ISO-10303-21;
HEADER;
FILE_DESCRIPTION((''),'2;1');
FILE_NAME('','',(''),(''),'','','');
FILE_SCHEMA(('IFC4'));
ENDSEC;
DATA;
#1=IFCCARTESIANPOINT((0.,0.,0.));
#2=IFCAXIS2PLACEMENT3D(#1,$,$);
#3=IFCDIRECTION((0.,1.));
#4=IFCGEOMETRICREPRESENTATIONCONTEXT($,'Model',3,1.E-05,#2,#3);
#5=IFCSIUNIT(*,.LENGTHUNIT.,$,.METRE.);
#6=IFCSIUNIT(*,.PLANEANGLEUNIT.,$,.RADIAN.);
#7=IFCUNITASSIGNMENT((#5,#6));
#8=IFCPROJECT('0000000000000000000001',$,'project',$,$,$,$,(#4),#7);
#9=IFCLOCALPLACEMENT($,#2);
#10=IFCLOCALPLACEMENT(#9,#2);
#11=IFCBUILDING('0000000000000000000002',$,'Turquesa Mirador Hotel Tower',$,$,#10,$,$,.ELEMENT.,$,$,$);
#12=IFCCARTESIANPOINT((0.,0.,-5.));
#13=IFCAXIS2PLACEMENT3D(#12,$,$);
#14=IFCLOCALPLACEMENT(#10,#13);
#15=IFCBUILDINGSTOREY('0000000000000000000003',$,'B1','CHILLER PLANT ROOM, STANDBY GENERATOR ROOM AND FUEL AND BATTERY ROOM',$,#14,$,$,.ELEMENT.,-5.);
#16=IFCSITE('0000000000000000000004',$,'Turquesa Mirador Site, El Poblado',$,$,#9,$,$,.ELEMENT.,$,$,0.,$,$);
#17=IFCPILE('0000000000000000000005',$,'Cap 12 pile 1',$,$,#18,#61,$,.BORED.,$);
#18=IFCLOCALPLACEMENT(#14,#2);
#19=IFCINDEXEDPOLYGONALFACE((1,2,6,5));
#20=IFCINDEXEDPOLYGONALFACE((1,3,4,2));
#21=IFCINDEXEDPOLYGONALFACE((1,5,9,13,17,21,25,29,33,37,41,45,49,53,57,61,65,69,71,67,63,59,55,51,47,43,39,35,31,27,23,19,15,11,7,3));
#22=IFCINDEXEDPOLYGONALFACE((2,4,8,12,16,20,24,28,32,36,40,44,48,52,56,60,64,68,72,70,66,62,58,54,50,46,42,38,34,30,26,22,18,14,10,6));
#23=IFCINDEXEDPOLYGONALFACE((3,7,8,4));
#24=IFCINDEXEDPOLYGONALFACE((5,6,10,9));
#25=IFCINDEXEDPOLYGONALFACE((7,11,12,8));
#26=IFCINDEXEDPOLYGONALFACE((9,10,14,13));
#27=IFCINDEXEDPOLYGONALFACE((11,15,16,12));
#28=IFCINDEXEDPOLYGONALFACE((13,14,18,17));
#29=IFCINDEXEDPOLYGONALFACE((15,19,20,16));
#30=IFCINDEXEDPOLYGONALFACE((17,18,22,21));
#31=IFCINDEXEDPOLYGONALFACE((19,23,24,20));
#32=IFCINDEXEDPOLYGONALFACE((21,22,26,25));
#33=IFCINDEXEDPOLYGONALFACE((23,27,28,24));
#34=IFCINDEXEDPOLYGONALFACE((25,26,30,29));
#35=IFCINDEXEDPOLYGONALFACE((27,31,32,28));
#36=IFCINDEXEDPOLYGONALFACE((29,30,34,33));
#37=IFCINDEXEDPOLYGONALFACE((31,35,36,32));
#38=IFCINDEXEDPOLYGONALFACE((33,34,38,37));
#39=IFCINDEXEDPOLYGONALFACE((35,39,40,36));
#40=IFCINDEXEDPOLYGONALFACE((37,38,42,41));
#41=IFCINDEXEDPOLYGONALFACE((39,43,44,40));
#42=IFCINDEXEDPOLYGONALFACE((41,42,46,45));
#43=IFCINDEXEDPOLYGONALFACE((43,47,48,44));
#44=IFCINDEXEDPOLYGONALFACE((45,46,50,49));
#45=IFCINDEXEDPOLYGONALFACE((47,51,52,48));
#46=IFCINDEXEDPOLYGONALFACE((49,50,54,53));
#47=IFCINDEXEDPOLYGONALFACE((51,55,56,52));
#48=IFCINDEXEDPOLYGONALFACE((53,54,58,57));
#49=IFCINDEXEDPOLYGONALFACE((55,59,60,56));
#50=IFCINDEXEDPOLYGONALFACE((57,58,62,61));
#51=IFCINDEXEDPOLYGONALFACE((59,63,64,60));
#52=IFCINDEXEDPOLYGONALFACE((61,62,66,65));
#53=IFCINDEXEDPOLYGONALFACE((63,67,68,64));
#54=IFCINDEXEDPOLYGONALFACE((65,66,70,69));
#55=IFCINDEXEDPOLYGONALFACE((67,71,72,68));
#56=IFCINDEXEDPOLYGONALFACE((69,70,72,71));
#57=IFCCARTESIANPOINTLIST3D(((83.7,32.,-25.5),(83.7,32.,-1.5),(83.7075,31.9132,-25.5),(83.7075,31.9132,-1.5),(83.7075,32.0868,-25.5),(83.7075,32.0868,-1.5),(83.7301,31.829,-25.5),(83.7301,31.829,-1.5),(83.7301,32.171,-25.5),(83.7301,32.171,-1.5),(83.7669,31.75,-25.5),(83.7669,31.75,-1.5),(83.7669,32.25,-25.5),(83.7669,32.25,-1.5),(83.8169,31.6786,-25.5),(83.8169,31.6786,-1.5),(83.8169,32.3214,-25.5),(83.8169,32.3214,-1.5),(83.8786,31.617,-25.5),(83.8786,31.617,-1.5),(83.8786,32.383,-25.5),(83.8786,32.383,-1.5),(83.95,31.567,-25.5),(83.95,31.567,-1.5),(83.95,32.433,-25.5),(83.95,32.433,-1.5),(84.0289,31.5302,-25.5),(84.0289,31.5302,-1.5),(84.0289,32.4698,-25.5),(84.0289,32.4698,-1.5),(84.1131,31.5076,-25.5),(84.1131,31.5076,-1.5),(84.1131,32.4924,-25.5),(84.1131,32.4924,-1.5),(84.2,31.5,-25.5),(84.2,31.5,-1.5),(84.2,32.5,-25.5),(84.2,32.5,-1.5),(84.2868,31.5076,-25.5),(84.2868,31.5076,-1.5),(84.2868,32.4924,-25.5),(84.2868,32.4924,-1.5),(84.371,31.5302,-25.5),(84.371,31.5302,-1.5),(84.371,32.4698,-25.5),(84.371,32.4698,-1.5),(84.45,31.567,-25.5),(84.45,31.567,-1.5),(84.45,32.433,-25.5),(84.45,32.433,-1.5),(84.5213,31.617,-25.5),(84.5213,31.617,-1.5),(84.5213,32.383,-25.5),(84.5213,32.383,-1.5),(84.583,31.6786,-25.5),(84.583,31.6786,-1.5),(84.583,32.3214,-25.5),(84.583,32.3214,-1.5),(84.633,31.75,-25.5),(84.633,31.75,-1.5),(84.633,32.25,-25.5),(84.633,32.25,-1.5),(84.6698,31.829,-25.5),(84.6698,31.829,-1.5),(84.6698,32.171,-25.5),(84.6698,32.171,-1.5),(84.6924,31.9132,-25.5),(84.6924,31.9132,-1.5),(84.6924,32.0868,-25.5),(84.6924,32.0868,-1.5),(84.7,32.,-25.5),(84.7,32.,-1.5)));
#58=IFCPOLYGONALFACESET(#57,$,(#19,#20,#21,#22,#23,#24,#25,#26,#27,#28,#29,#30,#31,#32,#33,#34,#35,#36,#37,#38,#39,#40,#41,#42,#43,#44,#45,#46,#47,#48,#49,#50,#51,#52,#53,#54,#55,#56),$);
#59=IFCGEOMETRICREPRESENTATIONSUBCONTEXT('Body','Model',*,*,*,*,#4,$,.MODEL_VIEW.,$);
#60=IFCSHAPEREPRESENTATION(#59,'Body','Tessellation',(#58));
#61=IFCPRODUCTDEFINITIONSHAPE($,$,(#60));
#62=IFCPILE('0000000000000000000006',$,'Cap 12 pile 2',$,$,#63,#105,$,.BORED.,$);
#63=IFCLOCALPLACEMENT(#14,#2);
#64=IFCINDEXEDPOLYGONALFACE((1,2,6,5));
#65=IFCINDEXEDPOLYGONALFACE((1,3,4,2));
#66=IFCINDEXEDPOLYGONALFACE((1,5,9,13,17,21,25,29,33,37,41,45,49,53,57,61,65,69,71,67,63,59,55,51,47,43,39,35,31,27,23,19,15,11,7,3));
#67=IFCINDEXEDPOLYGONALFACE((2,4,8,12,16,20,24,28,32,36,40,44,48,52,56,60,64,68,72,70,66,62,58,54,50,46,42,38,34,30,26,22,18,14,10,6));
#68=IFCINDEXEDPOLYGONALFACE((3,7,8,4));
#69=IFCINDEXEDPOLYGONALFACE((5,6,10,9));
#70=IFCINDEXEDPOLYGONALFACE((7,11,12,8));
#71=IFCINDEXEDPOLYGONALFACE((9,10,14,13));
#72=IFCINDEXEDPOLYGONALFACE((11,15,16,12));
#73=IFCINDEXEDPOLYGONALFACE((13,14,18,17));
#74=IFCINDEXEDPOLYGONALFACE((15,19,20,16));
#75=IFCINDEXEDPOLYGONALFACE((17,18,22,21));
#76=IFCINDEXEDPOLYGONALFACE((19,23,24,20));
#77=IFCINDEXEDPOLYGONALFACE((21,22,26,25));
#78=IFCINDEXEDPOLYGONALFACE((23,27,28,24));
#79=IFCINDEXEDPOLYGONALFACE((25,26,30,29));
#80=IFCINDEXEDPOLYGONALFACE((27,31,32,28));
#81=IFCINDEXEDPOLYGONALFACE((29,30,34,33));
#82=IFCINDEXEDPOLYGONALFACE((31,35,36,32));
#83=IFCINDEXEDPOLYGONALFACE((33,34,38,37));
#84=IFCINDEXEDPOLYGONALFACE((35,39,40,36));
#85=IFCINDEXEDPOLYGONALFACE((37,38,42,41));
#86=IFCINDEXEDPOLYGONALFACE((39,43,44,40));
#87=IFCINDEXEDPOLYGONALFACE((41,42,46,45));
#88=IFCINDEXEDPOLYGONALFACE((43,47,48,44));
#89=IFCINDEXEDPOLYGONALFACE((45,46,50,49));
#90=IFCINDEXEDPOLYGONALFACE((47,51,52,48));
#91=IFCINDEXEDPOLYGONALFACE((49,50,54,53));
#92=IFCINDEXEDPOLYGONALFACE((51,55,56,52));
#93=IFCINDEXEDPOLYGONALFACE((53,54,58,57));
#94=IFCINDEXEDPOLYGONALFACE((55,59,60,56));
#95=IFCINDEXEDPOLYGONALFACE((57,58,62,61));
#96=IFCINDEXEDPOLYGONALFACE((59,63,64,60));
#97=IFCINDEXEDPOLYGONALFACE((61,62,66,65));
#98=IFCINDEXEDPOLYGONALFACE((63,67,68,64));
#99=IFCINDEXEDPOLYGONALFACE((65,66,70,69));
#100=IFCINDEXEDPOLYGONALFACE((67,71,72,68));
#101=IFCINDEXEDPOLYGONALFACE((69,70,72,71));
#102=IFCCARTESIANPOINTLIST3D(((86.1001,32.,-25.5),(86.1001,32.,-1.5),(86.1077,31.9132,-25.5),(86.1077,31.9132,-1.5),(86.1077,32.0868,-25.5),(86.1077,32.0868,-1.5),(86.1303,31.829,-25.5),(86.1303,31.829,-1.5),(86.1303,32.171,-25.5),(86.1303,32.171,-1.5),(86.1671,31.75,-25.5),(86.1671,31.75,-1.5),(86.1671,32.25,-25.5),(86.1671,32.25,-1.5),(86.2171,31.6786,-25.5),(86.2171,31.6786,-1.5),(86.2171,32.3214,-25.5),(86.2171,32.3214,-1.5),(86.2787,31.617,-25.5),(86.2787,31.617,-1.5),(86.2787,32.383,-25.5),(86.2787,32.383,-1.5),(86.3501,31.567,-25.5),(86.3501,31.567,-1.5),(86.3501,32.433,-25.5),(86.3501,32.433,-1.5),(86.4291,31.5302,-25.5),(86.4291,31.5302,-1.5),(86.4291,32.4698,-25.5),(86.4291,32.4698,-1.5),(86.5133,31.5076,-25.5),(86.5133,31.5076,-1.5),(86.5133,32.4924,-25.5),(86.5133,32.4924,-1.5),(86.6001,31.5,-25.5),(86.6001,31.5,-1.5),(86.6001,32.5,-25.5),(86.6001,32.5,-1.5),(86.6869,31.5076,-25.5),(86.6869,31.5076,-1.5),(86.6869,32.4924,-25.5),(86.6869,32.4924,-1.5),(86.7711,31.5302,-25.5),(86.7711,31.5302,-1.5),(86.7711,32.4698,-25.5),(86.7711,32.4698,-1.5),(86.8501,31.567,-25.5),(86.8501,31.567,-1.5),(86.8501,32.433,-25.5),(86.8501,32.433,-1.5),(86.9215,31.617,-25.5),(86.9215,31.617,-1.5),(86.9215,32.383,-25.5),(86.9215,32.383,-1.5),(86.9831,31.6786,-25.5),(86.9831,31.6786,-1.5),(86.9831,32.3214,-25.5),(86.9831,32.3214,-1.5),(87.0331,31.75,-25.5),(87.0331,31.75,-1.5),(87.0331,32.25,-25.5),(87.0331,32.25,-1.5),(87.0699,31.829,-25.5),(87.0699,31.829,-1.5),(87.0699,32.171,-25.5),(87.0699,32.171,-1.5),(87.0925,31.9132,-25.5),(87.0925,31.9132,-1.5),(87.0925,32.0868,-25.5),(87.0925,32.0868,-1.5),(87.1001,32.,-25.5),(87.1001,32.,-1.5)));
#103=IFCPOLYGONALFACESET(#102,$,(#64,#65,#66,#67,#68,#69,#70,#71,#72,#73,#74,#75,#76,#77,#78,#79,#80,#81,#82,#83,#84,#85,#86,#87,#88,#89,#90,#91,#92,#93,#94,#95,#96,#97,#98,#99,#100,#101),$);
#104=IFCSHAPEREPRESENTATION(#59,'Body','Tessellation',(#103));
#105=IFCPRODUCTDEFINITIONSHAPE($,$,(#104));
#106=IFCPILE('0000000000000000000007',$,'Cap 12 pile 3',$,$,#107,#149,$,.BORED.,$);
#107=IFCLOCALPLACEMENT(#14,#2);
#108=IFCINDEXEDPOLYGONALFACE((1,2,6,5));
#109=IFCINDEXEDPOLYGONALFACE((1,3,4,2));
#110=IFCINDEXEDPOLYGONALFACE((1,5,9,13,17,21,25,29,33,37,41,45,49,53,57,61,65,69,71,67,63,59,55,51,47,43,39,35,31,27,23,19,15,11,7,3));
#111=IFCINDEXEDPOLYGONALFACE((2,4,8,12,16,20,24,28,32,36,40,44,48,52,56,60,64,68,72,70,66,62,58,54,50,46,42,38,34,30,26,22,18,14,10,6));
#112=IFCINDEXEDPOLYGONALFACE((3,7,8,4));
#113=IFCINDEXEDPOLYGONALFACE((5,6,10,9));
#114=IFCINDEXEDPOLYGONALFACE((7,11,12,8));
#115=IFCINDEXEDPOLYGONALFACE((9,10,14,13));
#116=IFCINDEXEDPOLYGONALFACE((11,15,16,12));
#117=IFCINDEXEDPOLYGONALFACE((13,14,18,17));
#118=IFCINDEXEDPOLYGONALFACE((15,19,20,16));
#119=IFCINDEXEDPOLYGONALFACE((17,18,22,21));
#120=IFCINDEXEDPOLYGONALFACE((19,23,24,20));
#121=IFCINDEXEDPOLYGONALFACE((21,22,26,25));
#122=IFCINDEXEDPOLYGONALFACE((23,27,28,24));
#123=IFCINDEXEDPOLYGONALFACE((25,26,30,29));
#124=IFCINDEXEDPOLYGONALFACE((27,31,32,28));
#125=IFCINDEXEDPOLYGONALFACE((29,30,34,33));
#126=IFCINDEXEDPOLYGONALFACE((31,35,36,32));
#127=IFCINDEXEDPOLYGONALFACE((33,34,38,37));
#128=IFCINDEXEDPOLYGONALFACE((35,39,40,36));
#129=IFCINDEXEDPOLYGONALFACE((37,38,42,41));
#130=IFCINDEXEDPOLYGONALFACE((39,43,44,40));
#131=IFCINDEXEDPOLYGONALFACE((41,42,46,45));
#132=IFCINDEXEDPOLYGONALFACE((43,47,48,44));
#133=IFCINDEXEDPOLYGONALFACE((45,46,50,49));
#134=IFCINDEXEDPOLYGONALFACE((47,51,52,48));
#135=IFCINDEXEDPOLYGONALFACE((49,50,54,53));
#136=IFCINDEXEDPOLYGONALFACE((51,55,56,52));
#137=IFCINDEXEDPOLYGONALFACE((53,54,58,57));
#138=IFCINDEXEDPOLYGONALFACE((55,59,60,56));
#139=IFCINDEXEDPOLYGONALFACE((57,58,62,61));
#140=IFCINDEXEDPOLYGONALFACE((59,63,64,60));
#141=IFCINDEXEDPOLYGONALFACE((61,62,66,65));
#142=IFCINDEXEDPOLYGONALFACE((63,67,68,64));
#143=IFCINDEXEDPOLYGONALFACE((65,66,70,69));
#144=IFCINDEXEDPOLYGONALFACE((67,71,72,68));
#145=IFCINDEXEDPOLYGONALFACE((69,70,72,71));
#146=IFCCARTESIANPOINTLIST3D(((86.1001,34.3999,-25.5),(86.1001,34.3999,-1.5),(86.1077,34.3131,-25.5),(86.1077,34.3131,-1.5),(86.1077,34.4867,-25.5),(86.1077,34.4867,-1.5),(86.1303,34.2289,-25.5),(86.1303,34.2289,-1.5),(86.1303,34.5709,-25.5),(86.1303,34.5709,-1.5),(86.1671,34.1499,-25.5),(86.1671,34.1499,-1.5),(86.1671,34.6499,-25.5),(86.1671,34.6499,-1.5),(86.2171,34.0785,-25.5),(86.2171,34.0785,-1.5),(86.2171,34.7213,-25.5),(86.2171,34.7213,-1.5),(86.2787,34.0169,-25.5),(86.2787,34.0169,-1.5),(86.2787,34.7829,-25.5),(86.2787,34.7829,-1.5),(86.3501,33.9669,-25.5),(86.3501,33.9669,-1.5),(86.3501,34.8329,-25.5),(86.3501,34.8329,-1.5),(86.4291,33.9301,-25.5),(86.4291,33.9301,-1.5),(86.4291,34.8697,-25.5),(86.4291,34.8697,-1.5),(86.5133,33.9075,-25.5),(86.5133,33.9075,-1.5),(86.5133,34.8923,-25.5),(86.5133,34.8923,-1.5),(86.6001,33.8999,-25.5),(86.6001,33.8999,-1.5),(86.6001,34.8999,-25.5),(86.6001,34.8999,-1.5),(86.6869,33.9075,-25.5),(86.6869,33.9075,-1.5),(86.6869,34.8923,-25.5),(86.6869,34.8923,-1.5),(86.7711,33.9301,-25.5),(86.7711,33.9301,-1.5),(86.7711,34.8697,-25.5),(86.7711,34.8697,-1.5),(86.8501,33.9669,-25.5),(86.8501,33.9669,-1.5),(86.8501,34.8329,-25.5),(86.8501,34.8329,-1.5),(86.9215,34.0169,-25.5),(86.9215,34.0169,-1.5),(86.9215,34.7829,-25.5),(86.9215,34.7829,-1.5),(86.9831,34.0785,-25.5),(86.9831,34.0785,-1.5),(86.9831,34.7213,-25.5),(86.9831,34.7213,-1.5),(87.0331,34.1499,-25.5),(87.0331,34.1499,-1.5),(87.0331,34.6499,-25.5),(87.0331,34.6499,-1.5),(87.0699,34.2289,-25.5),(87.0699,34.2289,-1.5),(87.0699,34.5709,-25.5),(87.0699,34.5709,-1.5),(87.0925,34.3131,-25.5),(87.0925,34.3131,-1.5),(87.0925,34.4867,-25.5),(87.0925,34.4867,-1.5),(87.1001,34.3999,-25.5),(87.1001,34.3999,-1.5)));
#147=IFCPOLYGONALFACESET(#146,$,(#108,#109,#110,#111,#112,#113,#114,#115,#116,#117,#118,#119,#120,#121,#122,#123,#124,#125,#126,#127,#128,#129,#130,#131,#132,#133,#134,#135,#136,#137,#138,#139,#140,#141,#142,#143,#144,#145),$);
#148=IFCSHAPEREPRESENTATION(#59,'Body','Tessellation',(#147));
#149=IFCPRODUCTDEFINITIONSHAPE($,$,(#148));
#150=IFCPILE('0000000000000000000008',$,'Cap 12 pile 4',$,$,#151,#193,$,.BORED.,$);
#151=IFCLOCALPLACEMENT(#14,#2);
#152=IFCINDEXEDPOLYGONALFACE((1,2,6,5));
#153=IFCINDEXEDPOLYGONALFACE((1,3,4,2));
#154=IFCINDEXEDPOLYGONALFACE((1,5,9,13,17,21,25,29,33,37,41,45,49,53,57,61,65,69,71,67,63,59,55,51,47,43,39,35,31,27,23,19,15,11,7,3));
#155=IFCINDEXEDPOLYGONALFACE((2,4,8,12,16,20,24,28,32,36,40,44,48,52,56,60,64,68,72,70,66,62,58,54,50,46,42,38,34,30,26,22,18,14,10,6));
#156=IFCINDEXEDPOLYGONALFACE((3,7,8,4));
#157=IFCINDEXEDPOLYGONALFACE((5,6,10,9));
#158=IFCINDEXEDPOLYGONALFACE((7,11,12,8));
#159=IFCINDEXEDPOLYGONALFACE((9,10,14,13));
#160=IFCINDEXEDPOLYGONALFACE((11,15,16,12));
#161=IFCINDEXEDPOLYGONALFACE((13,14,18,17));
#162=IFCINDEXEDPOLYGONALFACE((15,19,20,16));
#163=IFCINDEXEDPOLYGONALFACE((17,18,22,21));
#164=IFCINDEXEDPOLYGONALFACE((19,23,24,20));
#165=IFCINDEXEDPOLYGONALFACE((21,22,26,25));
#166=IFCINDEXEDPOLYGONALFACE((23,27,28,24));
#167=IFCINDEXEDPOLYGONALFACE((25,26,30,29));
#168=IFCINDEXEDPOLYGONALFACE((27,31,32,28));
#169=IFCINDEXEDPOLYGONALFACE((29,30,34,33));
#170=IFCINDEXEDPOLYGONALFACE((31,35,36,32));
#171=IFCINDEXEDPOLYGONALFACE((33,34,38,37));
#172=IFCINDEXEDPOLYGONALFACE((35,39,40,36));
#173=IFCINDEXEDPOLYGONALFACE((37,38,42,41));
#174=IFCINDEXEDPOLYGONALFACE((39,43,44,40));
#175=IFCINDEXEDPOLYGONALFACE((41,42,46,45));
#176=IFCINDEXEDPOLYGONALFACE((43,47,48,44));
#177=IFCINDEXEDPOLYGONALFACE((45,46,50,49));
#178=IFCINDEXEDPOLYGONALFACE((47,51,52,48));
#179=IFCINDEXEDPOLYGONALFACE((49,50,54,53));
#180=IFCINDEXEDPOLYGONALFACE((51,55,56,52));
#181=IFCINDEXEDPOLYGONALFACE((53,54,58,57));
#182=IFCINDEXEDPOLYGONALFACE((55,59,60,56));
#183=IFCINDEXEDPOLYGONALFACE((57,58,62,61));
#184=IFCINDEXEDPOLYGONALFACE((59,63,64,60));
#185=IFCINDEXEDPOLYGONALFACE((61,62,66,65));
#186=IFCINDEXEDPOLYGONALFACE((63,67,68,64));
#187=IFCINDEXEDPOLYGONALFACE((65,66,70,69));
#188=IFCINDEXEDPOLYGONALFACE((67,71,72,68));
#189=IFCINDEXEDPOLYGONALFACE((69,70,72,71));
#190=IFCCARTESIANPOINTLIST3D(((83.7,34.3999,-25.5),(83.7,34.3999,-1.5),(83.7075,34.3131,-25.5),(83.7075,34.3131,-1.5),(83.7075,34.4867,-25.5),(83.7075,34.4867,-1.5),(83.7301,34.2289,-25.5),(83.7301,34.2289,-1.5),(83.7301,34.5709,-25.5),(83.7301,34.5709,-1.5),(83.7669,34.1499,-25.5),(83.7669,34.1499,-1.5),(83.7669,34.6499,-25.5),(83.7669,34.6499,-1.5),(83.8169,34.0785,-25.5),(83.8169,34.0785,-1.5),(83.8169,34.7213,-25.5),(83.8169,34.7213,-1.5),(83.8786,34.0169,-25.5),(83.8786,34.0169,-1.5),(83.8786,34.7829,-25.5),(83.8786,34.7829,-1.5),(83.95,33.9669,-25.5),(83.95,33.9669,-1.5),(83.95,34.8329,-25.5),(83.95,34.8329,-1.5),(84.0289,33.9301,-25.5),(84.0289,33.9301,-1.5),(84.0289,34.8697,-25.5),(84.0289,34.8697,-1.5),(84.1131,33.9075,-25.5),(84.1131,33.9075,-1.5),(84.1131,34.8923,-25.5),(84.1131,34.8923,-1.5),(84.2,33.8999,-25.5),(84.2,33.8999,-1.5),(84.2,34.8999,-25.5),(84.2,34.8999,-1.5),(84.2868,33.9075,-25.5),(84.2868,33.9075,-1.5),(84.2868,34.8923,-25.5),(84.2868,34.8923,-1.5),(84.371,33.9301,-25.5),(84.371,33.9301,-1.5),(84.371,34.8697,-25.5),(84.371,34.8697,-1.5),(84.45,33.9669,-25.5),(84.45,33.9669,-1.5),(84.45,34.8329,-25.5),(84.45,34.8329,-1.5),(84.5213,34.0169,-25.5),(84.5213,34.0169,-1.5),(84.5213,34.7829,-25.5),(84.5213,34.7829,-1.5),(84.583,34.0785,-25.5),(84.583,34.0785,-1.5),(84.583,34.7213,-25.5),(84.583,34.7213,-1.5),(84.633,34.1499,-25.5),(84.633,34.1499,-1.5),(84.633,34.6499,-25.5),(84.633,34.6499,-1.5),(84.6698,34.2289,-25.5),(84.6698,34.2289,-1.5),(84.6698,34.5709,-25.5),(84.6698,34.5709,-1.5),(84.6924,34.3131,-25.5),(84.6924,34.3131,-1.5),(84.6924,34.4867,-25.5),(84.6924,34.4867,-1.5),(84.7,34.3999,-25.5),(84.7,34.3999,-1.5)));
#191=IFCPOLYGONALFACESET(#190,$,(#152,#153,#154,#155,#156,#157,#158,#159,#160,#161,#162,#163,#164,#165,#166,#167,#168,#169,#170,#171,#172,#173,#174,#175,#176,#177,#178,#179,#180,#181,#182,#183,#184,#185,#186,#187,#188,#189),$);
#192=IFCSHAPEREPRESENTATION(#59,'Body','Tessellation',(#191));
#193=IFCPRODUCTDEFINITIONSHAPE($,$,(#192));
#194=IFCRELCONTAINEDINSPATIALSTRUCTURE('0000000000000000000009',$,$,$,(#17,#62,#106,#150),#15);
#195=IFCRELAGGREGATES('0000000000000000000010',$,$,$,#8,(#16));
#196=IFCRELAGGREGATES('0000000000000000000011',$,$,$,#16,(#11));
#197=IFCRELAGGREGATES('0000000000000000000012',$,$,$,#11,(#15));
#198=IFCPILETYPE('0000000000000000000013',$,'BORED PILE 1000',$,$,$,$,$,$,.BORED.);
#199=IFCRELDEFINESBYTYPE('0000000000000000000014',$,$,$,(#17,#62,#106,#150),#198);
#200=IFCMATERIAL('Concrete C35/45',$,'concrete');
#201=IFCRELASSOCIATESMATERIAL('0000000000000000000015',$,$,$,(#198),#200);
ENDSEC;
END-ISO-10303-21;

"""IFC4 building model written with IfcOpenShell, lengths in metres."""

from ifc_helpers import new_model, si_unit, direction, frame, origin, origin_2d, place, context, subcontext, project, spatial, circle, extrude, material, type_object, element, save


model = new_model("IFC4")

# Units and contexts
model_context = context("Model", 3, precision=1e-05, world=origin(), true_north=direction((0.0, 1.0)))
body_context = subcontext(model_context, "Body", "Model", "MODEL_VIEW")
ifc_project = project(units=[si_unit("LENGTHUNIT", "METRE"), si_unit("PLANEANGLEUNIT", "RADIAN")], contexts=[model_context])

# Site, building, storey
site_placement = place(None, origin())
site = spatial("IfcSite", under=ifc_project, at=site_placement, Name="Turquesa Mirador Site, El Poblado", CompositionType="ELEMENT", RefElevation=0.0)
building_placement = place(site_placement, origin())
building = spatial("IfcBuilding", under=site, at=building_placement, Name="Turquesa Mirador Hotel Tower", CompositionType="ELEMENT")
storey_placement = place(building_placement, frame((0.0, 0.0, -5.0)))
storey = spatial("IfcBuildingStorey", under=building, at=storey_placement, Name="B1", Description="CHILLER PLANT ROOM, STANDBY GENERATOR ROOM AND FUEL AND BATTERY ROOM", CompositionType="ELEMENT", Elevation=-5.0)

# Piles
ifc_material_1 = material(Name="Concrete C35/45", Category="concrete")
pile_type_1 = type_object("IfcPileType", Name="BORED PILE 1000", PredefinedType="BORED", material=ifc_material_1)
for number, where, z_axis, x_axis, name in (
    (1, (84.2, 32.0, -1.5), (0.0, 0.0, -1.0), (1.0, 0.0, 0.0), "Cap 12 pile 1"),
    (2, (86.6001, 32.0, -1.5), (0.0, 0.0, -1.0), (1.0, 0.0, 0.0), "Cap 12 pile 2"),
    (3, (86.6001, 34.3999, -1.5), (0.0, 0.0, -1.0), (1.0, 0.0, 0.0), "Cap 12 pile 3"),
    (4, (84.2, 34.3999, -1.5), (0.0, 0.0, -1.0), (1.0, 0.0, 0.0), "Cap 12 pile 4"),
):
    element("IfcPile", number, at=place(storey_placement, frame(where, z_axis=z_axis, x_axis=x_axis)), inside=storey, type_object=pile_type_1, Name=name, PredefinedType="BORED", context=body_context, shape_type="SweptSolid", body=[
        extrude(circle(Radius=0.5, at=origin_2d()), origin(), (0.0, 0.0, 1.0), 24.0),
    ])

save(model, "model.ifc")
